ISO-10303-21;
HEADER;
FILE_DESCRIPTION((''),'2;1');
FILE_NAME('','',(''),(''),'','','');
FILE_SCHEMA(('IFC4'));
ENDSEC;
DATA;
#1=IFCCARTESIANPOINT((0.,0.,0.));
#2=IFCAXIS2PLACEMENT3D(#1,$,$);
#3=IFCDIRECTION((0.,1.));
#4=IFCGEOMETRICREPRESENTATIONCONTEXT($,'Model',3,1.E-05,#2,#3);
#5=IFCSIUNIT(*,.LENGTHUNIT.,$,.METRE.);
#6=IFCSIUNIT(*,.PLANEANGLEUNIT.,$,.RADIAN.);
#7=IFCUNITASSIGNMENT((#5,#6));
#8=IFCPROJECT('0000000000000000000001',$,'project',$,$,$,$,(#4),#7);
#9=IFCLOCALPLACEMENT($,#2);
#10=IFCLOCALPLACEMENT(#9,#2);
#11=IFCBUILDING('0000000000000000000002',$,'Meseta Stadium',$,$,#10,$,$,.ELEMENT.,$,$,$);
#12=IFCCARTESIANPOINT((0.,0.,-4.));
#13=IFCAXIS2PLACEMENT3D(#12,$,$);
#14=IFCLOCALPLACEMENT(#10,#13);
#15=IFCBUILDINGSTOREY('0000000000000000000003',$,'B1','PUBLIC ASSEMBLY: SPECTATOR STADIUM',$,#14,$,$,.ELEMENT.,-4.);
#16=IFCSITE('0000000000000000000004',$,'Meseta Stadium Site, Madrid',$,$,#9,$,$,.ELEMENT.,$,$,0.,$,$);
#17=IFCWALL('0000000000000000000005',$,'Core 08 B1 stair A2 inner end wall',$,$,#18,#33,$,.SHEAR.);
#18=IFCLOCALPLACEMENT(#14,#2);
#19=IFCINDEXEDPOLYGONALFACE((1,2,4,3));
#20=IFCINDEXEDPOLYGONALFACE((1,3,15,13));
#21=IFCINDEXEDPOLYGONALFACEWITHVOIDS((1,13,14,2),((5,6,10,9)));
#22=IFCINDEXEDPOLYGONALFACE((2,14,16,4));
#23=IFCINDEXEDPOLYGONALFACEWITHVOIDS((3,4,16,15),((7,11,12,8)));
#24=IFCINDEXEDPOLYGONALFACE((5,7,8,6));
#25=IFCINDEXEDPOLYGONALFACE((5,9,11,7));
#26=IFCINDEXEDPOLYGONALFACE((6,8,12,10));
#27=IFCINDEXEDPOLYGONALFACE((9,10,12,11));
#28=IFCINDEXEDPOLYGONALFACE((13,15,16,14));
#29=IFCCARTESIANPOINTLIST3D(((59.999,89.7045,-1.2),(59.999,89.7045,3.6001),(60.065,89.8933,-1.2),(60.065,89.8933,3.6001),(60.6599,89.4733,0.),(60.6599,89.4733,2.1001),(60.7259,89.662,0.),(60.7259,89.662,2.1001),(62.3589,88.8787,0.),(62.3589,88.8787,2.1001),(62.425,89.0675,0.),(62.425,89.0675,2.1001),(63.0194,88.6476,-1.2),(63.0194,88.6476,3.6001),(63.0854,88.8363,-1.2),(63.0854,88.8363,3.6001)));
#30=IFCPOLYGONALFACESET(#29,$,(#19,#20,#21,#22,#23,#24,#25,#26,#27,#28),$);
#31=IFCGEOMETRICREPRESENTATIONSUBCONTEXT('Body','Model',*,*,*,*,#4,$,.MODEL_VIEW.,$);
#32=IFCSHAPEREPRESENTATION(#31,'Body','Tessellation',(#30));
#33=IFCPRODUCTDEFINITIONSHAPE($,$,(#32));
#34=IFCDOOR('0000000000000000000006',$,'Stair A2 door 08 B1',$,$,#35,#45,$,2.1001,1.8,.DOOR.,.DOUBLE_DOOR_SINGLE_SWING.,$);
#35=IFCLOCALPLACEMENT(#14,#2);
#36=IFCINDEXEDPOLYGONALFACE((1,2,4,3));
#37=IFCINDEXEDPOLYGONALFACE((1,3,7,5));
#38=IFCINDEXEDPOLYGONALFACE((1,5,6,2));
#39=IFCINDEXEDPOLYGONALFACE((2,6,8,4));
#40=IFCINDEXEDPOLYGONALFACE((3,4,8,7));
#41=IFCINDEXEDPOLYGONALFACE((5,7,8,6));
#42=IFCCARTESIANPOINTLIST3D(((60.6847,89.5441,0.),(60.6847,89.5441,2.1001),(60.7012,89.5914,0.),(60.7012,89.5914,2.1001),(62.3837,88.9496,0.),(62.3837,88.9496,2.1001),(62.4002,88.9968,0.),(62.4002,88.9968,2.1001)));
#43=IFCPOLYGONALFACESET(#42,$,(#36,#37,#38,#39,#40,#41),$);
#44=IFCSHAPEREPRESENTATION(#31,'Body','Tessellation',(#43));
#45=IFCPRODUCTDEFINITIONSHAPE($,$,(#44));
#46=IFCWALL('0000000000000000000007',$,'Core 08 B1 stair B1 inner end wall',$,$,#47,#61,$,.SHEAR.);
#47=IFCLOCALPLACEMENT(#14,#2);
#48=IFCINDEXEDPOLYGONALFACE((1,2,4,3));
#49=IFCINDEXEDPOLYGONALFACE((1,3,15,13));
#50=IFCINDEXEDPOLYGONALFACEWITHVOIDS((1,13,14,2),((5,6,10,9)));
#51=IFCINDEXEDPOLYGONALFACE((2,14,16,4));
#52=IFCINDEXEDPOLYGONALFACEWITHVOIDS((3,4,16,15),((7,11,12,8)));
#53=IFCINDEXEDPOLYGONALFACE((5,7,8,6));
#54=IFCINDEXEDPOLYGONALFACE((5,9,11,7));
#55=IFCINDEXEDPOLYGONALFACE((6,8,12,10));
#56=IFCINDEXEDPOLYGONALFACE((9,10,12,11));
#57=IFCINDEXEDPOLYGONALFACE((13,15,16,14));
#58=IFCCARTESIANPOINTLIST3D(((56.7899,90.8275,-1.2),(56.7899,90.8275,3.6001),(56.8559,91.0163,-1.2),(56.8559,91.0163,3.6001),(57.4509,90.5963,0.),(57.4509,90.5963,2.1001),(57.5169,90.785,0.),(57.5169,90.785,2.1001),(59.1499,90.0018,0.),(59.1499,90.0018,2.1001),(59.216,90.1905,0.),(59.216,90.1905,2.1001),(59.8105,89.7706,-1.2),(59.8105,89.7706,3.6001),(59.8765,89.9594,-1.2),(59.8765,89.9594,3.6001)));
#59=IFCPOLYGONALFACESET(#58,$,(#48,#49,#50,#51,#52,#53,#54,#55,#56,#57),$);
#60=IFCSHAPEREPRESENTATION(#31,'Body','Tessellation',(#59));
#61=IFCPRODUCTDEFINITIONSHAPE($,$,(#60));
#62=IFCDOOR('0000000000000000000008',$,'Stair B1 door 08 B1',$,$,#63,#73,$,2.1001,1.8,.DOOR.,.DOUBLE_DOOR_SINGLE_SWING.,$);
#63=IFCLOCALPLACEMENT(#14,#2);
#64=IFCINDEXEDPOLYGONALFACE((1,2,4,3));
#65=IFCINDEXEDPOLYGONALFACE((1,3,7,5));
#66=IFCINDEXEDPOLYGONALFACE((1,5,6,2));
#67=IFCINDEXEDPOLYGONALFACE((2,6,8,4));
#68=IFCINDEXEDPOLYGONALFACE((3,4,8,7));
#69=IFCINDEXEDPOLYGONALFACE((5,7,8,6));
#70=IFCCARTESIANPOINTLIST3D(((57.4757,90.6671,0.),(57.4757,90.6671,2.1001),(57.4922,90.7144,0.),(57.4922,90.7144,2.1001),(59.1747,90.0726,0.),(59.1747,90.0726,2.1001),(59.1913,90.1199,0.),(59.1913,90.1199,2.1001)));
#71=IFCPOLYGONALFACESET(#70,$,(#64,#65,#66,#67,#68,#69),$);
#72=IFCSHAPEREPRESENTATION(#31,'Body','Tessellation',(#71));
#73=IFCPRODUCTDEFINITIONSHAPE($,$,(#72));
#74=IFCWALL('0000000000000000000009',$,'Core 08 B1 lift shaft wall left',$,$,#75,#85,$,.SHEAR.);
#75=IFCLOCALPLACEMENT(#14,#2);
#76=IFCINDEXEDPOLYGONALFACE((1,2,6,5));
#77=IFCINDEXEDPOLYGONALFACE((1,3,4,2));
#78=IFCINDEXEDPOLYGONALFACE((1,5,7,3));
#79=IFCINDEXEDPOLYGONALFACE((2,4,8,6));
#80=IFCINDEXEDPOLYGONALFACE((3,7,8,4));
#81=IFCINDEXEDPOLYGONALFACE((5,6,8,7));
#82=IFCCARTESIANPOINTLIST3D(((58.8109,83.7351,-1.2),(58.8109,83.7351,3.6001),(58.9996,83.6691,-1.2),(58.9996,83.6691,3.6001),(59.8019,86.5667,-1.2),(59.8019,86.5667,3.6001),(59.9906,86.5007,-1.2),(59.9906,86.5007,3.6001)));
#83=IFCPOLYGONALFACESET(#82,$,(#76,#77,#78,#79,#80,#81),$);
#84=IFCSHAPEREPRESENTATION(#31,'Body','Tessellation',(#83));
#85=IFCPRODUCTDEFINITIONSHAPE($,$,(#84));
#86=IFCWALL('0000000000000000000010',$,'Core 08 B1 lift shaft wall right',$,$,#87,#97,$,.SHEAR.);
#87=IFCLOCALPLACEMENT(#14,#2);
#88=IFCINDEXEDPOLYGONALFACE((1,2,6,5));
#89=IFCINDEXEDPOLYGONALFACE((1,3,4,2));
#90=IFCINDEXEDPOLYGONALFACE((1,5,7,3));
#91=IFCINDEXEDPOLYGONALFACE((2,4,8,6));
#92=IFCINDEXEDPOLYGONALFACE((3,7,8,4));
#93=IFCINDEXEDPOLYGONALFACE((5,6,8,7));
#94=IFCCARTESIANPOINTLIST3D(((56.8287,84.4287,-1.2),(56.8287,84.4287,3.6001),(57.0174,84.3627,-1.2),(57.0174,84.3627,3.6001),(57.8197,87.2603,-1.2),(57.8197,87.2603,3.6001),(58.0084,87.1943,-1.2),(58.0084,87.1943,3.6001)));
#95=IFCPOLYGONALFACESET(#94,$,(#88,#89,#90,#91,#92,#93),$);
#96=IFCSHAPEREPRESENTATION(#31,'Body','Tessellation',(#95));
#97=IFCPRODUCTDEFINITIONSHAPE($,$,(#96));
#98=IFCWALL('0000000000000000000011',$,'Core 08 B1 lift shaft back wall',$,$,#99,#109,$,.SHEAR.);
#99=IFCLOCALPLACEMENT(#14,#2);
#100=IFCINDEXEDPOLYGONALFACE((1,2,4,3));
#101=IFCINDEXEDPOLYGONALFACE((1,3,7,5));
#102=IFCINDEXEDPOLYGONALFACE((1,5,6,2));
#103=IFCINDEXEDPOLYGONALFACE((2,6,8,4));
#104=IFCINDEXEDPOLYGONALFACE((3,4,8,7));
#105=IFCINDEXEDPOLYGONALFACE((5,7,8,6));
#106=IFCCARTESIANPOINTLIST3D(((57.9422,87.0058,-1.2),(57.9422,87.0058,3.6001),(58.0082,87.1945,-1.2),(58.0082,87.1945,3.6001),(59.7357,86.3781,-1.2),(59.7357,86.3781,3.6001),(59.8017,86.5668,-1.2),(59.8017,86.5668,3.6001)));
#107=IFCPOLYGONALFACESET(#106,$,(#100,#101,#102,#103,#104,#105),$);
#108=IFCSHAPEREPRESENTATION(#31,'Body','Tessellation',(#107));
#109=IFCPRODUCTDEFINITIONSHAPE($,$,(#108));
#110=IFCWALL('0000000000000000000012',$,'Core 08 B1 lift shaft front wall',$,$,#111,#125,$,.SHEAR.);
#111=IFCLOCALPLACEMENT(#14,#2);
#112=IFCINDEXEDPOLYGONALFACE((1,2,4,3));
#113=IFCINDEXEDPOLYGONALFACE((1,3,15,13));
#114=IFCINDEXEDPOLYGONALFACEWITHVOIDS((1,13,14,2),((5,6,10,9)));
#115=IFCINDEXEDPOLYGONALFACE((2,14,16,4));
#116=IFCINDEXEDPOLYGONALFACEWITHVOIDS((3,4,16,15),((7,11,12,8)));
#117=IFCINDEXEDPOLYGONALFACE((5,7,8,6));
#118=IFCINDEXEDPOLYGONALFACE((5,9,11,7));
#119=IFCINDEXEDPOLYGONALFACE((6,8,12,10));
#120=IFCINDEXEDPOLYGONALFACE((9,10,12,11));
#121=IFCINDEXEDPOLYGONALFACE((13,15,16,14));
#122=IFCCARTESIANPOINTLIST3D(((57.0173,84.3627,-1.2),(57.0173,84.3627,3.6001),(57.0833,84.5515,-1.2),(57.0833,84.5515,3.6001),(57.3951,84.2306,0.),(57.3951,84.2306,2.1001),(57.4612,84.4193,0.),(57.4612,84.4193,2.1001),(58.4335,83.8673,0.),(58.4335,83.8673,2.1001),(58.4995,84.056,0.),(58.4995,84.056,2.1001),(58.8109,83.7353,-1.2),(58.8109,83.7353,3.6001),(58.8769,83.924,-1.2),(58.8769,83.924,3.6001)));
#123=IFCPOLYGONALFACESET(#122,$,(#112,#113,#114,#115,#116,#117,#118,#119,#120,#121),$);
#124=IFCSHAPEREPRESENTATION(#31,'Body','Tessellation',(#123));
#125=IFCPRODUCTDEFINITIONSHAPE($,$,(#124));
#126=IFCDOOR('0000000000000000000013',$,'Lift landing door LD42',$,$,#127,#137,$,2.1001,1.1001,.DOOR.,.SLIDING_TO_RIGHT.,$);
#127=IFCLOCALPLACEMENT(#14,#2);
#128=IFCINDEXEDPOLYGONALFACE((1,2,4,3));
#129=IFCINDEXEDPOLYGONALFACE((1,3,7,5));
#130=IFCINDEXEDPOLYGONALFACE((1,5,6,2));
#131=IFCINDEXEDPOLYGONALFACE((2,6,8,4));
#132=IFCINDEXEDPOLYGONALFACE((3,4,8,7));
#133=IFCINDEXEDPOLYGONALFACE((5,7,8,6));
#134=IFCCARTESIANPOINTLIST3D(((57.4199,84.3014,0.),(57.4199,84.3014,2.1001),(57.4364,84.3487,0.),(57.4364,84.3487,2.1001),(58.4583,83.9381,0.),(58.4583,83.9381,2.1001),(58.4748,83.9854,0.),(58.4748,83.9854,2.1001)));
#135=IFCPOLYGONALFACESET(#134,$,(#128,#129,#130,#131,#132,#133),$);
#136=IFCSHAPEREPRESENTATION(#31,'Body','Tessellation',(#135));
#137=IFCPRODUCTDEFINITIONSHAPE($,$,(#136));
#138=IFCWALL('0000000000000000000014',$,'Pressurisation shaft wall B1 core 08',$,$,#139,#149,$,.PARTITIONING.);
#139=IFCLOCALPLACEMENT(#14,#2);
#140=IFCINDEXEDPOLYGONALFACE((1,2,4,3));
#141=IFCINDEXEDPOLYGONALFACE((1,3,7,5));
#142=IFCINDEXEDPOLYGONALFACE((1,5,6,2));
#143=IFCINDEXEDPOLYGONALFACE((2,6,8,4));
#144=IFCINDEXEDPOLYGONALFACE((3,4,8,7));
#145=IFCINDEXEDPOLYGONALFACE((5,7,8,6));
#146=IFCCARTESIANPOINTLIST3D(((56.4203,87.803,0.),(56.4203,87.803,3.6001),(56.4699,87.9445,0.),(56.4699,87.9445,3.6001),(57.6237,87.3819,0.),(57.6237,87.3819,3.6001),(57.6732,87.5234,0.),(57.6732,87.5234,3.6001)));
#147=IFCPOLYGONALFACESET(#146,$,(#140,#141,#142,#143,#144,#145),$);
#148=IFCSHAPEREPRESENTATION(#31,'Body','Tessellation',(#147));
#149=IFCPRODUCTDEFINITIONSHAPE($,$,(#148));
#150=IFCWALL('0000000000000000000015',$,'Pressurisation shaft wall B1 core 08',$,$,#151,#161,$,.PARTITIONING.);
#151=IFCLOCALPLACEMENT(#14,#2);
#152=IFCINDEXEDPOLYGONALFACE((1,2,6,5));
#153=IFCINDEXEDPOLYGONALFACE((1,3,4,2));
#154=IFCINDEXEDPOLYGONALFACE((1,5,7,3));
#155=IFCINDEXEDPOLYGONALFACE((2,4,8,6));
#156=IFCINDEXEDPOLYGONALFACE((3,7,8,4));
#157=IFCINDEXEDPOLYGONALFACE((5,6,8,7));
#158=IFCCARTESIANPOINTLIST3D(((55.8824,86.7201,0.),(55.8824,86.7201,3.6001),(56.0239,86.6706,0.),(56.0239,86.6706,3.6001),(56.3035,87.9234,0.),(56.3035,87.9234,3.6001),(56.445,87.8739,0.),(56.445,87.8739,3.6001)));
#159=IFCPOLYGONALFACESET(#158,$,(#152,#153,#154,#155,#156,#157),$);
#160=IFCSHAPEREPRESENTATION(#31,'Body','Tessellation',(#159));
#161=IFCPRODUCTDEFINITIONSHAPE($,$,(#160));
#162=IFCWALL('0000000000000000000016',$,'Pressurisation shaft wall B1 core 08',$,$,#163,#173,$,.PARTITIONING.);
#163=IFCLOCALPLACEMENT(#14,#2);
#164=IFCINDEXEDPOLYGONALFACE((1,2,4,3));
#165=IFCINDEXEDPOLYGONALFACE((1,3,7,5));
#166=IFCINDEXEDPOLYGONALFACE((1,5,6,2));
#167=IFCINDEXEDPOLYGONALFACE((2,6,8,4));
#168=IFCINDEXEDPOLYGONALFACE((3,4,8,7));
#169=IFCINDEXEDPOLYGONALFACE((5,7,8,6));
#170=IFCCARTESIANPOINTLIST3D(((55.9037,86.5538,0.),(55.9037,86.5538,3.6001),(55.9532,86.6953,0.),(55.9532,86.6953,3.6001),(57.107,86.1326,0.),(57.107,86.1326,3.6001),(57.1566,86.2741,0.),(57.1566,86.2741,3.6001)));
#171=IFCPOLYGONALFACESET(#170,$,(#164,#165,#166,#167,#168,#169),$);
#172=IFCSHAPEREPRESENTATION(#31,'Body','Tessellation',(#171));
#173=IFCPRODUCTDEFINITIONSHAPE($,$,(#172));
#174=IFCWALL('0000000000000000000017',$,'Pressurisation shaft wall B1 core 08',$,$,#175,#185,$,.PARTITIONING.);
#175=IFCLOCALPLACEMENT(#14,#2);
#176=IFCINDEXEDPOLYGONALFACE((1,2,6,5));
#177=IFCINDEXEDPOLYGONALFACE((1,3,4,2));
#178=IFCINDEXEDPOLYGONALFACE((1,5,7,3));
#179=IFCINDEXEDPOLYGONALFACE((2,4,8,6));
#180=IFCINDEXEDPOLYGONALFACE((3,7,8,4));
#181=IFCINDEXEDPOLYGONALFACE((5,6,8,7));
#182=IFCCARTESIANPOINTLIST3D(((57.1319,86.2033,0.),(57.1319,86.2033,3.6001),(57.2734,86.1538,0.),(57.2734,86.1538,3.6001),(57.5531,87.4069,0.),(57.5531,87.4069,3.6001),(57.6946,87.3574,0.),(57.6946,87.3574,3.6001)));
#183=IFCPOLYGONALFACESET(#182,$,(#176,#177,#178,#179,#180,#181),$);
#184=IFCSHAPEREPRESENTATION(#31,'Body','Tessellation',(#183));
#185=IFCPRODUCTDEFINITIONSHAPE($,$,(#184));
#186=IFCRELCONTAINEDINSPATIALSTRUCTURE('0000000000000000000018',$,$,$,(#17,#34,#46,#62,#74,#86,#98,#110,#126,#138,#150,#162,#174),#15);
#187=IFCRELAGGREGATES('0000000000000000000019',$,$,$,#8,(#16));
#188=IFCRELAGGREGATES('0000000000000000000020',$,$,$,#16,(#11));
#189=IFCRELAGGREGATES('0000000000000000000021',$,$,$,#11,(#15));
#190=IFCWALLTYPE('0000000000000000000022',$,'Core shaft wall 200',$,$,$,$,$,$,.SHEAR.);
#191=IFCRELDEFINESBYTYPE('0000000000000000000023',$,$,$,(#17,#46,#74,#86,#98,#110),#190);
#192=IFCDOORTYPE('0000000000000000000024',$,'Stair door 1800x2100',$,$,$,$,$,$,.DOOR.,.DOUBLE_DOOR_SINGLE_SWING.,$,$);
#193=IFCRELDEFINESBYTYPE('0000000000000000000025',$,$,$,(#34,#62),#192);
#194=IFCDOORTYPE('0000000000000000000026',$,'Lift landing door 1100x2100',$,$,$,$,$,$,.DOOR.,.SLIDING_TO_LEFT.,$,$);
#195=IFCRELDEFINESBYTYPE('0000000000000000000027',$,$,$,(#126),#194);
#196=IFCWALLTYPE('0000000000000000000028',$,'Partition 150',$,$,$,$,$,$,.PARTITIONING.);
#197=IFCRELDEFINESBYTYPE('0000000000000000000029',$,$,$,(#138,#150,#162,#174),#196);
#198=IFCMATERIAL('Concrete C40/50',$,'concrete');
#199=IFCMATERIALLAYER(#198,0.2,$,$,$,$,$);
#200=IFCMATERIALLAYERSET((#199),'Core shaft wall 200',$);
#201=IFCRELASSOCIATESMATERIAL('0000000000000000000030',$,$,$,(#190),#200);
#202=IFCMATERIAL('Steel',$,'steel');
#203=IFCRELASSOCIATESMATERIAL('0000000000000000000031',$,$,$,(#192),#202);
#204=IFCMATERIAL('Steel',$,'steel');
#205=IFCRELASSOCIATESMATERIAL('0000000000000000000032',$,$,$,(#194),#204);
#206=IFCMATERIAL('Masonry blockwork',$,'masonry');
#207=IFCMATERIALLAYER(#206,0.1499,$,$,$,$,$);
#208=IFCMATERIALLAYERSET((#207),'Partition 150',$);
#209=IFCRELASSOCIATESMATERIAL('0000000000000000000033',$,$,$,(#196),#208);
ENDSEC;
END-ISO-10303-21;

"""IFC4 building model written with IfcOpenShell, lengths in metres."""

from ifc_helpers import new_model, si_unit, direction, frame, frame_2d, origin, place, context, subcontext, project, spatial, rectangle, extrude, material, layer, layer_set, type_object, element, fill, save


model = new_model("IFC4")

# Units and contexts
model_context = context("Model", 3, precision=1e-05, world=origin(), true_north=direction((0.0, 1.0)))
body_context = subcontext(model_context, "Body", "Model", "MODEL_VIEW")
ifc_project = project(units=[si_unit("LENGTHUNIT", "METRE"), si_unit("PLANEANGLEUNIT", "RADIAN")], contexts=[model_context])

# Site, building, storey
site_placement = place(None, origin())
site = spatial("IfcSite", under=ifc_project, at=site_placement, Name="Meseta Stadium Site, Madrid", CompositionType="ELEMENT", RefElevation=0.0)
building_placement = place(site_placement, origin())
building = spatial("IfcBuilding", under=site, at=building_placement, Name="Meseta Stadium", CompositionType="ELEMENT")
storey_placement = place(building_placement, frame((0.0, 0.0, -4.0)))
storey = spatial("IfcBuildingStorey", under=building, at=storey_placement, Name="B1", Description="PUBLIC ASSEMBLY: SPECTATOR STADIUM", CompositionType="ELEMENT", Elevation=-4.0)

# Walls, openings, doors
ifc_material_1 = material(Name="Concrete C40/50", Category="concrete")
ifc_layer_1 = layer(ifc_material_1, 0.2)
ifc_layer_set_1 = layer_set([ifc_layer_1], Name="Core shaft wall 200")
wall_type_1 = type_object("IfcWallType", Name="Core shaft wall 200", PredefinedType="SHEAR", material=ifc_layer_set_1)
wall_1_placement = place(storey_placement, frame((63.0525, 88.7419, -1.2), z_axis=(0.0, 0.0, 1.0), x_axis=(-0.943879, 0.330293, 0.0)))
wall_1 = element("IfcWall", 1, at=wall_1_placement, inside=storey, type_object=wall_type_1, Name="Core 08 B1 stair A2 inner end wall", PredefinedType="SHEAR", context=body_context, shape_type="SweptSolid", body=[
    extrude(rectangle(XDim=3.2, YDim=0.2, at=frame_2d((1.6001, 0.0))), origin(), (0.0, 0.0, 1.0), 4.8),
])
opening_1_placement = place(wall_1_placement, frame((0.7, 0.0, 1.2)))
opening_1 = element("IfcOpeningElement", 2, at=opening_1_placement, cuts=wall_1, PredefinedType="OPENING", context=body_context, shape_type="SweptSolid", body=[
    extrude(rectangle(XDim=1.8, YDim=2.1001, at=frame_2d((0.8999, 1.05))), frame((0.0, 0.1099, 0.0), z_axis=(0.0, -1.0, 0.0), x_axis=(1.0, 0.0, 0.0)), (0.0, 0.0, 1.0), 0.22),
])
ifc_material_2 = material(Name="Steel", Category="steel")
door_type_1 = type_object("IfcDoorType", Name="Stair door 1800x2100", OperationType="DOUBLE_DOOR_SINGLE_SWING", PredefinedType="DOOR", material=ifc_material_2)
door_1_placement = place(opening_1_placement, origin())
door_1 = element("IfcDoor", 3, at=door_1_placement, inside=storey, type_object=door_type_1, Name="Stair A2 door 08 B1", OperationType="DOUBLE_DOOR_SINGLE_SWING", OverallHeight=2.1001, OverallWidth=1.8, PredefinedType="DOOR", context=body_context, shape_type="SweptSolid", body=[
    extrude(rectangle(XDim=1.8, YDim=2.1001, at=frame_2d((0.8999, 1.05))), frame((0.0, 0.0249, 0.0), z_axis=(0.0, -1.0, 0.0), x_axis=(1.0, 0.0, 0.0)), (0.0, 0.0, 1.0), 0.05),
])
fill(opening_1, door_1)
wall_2_placement = place(storey_placement, frame((59.8435, 89.865, -1.2), z_axis=(0.0, 0.0, 1.0), x_axis=(-0.943887, 0.330269, 0.0)))
wall_2 = element("IfcWall", 4, at=wall_2_placement, inside=storey, type_object=wall_type_1, Name="Core 08 B1 stair B1 inner end wall", PredefinedType="SHEAR", context=body_context, shape_type="SweptSolid", body=[
    extrude(rectangle(XDim=3.2002, YDim=0.2, at=frame_2d((1.6001, 0.0))), origin(), (0.0, 0.0, 1.0), 4.8),
])
opening_2_placement = place(wall_2_placement, frame((0.7, 0.0, 1.2)))
opening_2 = element("IfcOpeningElement", 5, at=opening_2_placement, cuts=wall_2, PredefinedType="OPENING", context=body_context, shape_type="SweptSolid", body=[
    extrude(rectangle(XDim=1.8, YDim=2.1001, at=frame_2d((0.8999, 1.05))), frame((0.0, 0.1099, 0.0), z_axis=(0.0, -1.0, 0.0), x_axis=(1.0, 0.0, 0.0)), (0.0, 0.0, 1.0), 0.22),
])
door_2_placement = place(opening_2_placement, origin())
door_2 = element("IfcDoor", 6, at=door_2_placement, inside=storey, type_object=door_type_1, Name="Stair B1 door 08 B1", OperationType="DOUBLE_DOOR_SINGLE_SWING", OverallHeight=2.1001, OverallWidth=1.8, PredefinedType="DOOR", context=body_context, shape_type="SweptSolid", body=[
    extrude(rectangle(XDim=1.8, YDim=2.1001, at=frame_2d((0.8999, 1.05))), frame((0.0, 0.0249, 0.0), z_axis=(0.0, -1.0, 0.0), x_axis=(1.0, 0.0, 0.0)), (0.0, 0.0, 1.0), 0.05),
])
fill(opening_2, door_2)

# Walls
for number, where, z_axis, x_axis, name in (
    (7, (59.8962, 86.5337, -1.2), (0.0, 0.0, 1.0), (-0.330329, -0.943866, 0.0), "Core 08 B1 lift shaft wall left"),
    (8, (57.9141, 87.2273, -1.2), (0.0, 0.0, 1.0), (-0.330329, -0.943866, 0.0), "Core 08 B1 lift shaft wall right"),
):
    element("IfcWall", number, at=place(storey_placement, frame(where, z_axis=z_axis, x_axis=x_axis)), inside=storey, type_object=wall_type_1, Name=name, PredefinedType="SHEAR", context=body_context, shape_type="SweptSolid", body=[
        extrude(rectangle(XDim=3.0, YDim=0.2, at=frame_2d((1.5, 0.0))), origin(), (0.0, 0.0, 1.0), 4.8),
    ])
wall_3_placement = place(storey_placement, frame((59.7688, 86.4724, -1.2), z_axis=(0.0, 0.0, 1.0), x_axis=(-0.943862, 0.330339, 0.0)))
element("IfcWall", 9, at=wall_3_placement, inside=storey, type_object=wall_type_1, Name="Core 08 B1 lift shaft back wall", PredefinedType="SHEAR", context=body_context, shape_type="SweptSolid", body=[
    extrude(rectangle(XDim=1.9001, YDim=0.2, at=frame_2d((0.9502, 0.0))), origin(), (0.0, 0.0, 1.0), 4.8),
])

# Wall, opening, door
wall_4_placement = place(storey_placement, frame((58.844, 83.8296, -1.2), z_axis=(0.0, 0.0, 1.0), x_axis=(-0.943902, 0.330225, 0.0)))
wall_4 = element("IfcWall", 10, at=wall_4_placement, inside=storey, type_object=wall_type_1, Name="Core 08 B1 lift shaft front wall", PredefinedType="SHEAR", context=body_context, shape_type="SweptSolid", body=[
    extrude(rectangle(XDim=1.9001, YDim=0.2, at=frame_2d((0.9502, 0.0))), origin(), (0.0, 0.0, 1.0), 4.8),
])
opening_3_placement = place(wall_4_placement, frame((0.3999, 0.0, 1.2)))
opening_3 = element("IfcOpeningElement", 11, at=opening_3_placement, cuts=wall_4, PredefinedType="OPENING", context=body_context, shape_type="SweptSolid", body=[
    extrude(rectangle(XDim=1.1001, YDim=2.1001, at=frame_2d((0.55, 1.05))), frame((0.0, 0.1099, 0.0), z_axis=(0.0, -1.0, 0.0), x_axis=(1.0, 0.0, 0.0)), (0.0, 0.0, 1.0), 0.22),
])
ifc_material_3 = material(Name="Steel", Category="steel")
door_type_2 = type_object("IfcDoorType", Name="Lift landing door 1100x2100", OperationType="SLIDING_TO_LEFT", PredefinedType="DOOR", material=ifc_material_3)
door_3_placement = place(opening_3_placement, origin())
door_3 = element("IfcDoor", 12, at=door_3_placement, inside=storey, type_object=door_type_2, Name="Lift landing door LD42", OperationType="SLIDING_TO_RIGHT", OverallHeight=2.1001, OverallWidth=1.1001, PredefinedType="DOOR", context=body_context, shape_type="SweptSolid", body=[
    extrude(rectangle(XDim=1.1001, YDim=2.1001, at=frame_2d((0.55, 1.05))), frame((0.0, 0.0249, 0.0), z_axis=(0.0, -1.0, 0.0), x_axis=(1.0, 0.0, 0.0)), (0.0, 0.0, 1.0), 0.05),
])
fill(opening_3, door_3)

# Walls
ifc_material_4 = material(Name="Masonry blockwork", Category="masonry")
ifc_layer_2 = layer(ifc_material_4, 0.1499)
ifc_layer_set_2 = layer_set([ifc_layer_2], Name="Partition 150")
wall_type_2 = type_object("IfcWallType", Name="Partition 150", PredefinedType="PARTITIONING", material=ifc_layer_set_2)
for number, where, z_axis, x_axis, name in (
    (13, (57.6484, 87.4526, 0.0), (0.0, 0.0, 1.0), (-0.943867, 0.330325, 0.0), "Pressurisation shaft wall B1 core 08"),
    (14, (56.3743, 87.8987, 0.0), (0.0, 0.0, 1.0), (-0.330325, -0.943867, 0.0), "Pressurisation shaft wall B1 core 08"),
    (15, (55.9285, 86.6245, 0.0), (0.0, 0.0, 1.0), (0.943867, -0.330325, 0.0), "Pressurisation shaft wall B1 core 08"),
):
    element("IfcWall", number, at=place(storey_placement, frame(where, z_axis=z_axis, x_axis=x_axis)), inside=storey, type_object=wall_type_2, Name=name, PredefinedType="PARTITIONING", context=body_context, shape_type="SweptSolid", body=[
        extrude(rectangle(XDim=1.2749, YDim=0.1499, at=frame_2d((0.6375, 0.0))), origin(), (0.0, 0.0, 1.0), 3.6001),
    ])
wall_5_placement = place(storey_placement, frame((57.2026, 86.1785, 0.0), z_axis=(0.0, 0.0, 1.0), x_axis=(0.330265, 0.943888, 0.0)))
element("IfcWall", 16, at=wall_5_placement, inside=storey, type_object=wall_type_2, Name="Pressurisation shaft wall B1 core 08", PredefinedType="PARTITIONING", context=body_context, shape_type="SweptSolid", body=[
    extrude(rectangle(XDim=1.2751, YDim=0.1499, at=frame_2d((0.6377, 0.0))), origin(), (0.0, 0.0, 1.0), 3.6001),
])

save(model, "model.ifc")
